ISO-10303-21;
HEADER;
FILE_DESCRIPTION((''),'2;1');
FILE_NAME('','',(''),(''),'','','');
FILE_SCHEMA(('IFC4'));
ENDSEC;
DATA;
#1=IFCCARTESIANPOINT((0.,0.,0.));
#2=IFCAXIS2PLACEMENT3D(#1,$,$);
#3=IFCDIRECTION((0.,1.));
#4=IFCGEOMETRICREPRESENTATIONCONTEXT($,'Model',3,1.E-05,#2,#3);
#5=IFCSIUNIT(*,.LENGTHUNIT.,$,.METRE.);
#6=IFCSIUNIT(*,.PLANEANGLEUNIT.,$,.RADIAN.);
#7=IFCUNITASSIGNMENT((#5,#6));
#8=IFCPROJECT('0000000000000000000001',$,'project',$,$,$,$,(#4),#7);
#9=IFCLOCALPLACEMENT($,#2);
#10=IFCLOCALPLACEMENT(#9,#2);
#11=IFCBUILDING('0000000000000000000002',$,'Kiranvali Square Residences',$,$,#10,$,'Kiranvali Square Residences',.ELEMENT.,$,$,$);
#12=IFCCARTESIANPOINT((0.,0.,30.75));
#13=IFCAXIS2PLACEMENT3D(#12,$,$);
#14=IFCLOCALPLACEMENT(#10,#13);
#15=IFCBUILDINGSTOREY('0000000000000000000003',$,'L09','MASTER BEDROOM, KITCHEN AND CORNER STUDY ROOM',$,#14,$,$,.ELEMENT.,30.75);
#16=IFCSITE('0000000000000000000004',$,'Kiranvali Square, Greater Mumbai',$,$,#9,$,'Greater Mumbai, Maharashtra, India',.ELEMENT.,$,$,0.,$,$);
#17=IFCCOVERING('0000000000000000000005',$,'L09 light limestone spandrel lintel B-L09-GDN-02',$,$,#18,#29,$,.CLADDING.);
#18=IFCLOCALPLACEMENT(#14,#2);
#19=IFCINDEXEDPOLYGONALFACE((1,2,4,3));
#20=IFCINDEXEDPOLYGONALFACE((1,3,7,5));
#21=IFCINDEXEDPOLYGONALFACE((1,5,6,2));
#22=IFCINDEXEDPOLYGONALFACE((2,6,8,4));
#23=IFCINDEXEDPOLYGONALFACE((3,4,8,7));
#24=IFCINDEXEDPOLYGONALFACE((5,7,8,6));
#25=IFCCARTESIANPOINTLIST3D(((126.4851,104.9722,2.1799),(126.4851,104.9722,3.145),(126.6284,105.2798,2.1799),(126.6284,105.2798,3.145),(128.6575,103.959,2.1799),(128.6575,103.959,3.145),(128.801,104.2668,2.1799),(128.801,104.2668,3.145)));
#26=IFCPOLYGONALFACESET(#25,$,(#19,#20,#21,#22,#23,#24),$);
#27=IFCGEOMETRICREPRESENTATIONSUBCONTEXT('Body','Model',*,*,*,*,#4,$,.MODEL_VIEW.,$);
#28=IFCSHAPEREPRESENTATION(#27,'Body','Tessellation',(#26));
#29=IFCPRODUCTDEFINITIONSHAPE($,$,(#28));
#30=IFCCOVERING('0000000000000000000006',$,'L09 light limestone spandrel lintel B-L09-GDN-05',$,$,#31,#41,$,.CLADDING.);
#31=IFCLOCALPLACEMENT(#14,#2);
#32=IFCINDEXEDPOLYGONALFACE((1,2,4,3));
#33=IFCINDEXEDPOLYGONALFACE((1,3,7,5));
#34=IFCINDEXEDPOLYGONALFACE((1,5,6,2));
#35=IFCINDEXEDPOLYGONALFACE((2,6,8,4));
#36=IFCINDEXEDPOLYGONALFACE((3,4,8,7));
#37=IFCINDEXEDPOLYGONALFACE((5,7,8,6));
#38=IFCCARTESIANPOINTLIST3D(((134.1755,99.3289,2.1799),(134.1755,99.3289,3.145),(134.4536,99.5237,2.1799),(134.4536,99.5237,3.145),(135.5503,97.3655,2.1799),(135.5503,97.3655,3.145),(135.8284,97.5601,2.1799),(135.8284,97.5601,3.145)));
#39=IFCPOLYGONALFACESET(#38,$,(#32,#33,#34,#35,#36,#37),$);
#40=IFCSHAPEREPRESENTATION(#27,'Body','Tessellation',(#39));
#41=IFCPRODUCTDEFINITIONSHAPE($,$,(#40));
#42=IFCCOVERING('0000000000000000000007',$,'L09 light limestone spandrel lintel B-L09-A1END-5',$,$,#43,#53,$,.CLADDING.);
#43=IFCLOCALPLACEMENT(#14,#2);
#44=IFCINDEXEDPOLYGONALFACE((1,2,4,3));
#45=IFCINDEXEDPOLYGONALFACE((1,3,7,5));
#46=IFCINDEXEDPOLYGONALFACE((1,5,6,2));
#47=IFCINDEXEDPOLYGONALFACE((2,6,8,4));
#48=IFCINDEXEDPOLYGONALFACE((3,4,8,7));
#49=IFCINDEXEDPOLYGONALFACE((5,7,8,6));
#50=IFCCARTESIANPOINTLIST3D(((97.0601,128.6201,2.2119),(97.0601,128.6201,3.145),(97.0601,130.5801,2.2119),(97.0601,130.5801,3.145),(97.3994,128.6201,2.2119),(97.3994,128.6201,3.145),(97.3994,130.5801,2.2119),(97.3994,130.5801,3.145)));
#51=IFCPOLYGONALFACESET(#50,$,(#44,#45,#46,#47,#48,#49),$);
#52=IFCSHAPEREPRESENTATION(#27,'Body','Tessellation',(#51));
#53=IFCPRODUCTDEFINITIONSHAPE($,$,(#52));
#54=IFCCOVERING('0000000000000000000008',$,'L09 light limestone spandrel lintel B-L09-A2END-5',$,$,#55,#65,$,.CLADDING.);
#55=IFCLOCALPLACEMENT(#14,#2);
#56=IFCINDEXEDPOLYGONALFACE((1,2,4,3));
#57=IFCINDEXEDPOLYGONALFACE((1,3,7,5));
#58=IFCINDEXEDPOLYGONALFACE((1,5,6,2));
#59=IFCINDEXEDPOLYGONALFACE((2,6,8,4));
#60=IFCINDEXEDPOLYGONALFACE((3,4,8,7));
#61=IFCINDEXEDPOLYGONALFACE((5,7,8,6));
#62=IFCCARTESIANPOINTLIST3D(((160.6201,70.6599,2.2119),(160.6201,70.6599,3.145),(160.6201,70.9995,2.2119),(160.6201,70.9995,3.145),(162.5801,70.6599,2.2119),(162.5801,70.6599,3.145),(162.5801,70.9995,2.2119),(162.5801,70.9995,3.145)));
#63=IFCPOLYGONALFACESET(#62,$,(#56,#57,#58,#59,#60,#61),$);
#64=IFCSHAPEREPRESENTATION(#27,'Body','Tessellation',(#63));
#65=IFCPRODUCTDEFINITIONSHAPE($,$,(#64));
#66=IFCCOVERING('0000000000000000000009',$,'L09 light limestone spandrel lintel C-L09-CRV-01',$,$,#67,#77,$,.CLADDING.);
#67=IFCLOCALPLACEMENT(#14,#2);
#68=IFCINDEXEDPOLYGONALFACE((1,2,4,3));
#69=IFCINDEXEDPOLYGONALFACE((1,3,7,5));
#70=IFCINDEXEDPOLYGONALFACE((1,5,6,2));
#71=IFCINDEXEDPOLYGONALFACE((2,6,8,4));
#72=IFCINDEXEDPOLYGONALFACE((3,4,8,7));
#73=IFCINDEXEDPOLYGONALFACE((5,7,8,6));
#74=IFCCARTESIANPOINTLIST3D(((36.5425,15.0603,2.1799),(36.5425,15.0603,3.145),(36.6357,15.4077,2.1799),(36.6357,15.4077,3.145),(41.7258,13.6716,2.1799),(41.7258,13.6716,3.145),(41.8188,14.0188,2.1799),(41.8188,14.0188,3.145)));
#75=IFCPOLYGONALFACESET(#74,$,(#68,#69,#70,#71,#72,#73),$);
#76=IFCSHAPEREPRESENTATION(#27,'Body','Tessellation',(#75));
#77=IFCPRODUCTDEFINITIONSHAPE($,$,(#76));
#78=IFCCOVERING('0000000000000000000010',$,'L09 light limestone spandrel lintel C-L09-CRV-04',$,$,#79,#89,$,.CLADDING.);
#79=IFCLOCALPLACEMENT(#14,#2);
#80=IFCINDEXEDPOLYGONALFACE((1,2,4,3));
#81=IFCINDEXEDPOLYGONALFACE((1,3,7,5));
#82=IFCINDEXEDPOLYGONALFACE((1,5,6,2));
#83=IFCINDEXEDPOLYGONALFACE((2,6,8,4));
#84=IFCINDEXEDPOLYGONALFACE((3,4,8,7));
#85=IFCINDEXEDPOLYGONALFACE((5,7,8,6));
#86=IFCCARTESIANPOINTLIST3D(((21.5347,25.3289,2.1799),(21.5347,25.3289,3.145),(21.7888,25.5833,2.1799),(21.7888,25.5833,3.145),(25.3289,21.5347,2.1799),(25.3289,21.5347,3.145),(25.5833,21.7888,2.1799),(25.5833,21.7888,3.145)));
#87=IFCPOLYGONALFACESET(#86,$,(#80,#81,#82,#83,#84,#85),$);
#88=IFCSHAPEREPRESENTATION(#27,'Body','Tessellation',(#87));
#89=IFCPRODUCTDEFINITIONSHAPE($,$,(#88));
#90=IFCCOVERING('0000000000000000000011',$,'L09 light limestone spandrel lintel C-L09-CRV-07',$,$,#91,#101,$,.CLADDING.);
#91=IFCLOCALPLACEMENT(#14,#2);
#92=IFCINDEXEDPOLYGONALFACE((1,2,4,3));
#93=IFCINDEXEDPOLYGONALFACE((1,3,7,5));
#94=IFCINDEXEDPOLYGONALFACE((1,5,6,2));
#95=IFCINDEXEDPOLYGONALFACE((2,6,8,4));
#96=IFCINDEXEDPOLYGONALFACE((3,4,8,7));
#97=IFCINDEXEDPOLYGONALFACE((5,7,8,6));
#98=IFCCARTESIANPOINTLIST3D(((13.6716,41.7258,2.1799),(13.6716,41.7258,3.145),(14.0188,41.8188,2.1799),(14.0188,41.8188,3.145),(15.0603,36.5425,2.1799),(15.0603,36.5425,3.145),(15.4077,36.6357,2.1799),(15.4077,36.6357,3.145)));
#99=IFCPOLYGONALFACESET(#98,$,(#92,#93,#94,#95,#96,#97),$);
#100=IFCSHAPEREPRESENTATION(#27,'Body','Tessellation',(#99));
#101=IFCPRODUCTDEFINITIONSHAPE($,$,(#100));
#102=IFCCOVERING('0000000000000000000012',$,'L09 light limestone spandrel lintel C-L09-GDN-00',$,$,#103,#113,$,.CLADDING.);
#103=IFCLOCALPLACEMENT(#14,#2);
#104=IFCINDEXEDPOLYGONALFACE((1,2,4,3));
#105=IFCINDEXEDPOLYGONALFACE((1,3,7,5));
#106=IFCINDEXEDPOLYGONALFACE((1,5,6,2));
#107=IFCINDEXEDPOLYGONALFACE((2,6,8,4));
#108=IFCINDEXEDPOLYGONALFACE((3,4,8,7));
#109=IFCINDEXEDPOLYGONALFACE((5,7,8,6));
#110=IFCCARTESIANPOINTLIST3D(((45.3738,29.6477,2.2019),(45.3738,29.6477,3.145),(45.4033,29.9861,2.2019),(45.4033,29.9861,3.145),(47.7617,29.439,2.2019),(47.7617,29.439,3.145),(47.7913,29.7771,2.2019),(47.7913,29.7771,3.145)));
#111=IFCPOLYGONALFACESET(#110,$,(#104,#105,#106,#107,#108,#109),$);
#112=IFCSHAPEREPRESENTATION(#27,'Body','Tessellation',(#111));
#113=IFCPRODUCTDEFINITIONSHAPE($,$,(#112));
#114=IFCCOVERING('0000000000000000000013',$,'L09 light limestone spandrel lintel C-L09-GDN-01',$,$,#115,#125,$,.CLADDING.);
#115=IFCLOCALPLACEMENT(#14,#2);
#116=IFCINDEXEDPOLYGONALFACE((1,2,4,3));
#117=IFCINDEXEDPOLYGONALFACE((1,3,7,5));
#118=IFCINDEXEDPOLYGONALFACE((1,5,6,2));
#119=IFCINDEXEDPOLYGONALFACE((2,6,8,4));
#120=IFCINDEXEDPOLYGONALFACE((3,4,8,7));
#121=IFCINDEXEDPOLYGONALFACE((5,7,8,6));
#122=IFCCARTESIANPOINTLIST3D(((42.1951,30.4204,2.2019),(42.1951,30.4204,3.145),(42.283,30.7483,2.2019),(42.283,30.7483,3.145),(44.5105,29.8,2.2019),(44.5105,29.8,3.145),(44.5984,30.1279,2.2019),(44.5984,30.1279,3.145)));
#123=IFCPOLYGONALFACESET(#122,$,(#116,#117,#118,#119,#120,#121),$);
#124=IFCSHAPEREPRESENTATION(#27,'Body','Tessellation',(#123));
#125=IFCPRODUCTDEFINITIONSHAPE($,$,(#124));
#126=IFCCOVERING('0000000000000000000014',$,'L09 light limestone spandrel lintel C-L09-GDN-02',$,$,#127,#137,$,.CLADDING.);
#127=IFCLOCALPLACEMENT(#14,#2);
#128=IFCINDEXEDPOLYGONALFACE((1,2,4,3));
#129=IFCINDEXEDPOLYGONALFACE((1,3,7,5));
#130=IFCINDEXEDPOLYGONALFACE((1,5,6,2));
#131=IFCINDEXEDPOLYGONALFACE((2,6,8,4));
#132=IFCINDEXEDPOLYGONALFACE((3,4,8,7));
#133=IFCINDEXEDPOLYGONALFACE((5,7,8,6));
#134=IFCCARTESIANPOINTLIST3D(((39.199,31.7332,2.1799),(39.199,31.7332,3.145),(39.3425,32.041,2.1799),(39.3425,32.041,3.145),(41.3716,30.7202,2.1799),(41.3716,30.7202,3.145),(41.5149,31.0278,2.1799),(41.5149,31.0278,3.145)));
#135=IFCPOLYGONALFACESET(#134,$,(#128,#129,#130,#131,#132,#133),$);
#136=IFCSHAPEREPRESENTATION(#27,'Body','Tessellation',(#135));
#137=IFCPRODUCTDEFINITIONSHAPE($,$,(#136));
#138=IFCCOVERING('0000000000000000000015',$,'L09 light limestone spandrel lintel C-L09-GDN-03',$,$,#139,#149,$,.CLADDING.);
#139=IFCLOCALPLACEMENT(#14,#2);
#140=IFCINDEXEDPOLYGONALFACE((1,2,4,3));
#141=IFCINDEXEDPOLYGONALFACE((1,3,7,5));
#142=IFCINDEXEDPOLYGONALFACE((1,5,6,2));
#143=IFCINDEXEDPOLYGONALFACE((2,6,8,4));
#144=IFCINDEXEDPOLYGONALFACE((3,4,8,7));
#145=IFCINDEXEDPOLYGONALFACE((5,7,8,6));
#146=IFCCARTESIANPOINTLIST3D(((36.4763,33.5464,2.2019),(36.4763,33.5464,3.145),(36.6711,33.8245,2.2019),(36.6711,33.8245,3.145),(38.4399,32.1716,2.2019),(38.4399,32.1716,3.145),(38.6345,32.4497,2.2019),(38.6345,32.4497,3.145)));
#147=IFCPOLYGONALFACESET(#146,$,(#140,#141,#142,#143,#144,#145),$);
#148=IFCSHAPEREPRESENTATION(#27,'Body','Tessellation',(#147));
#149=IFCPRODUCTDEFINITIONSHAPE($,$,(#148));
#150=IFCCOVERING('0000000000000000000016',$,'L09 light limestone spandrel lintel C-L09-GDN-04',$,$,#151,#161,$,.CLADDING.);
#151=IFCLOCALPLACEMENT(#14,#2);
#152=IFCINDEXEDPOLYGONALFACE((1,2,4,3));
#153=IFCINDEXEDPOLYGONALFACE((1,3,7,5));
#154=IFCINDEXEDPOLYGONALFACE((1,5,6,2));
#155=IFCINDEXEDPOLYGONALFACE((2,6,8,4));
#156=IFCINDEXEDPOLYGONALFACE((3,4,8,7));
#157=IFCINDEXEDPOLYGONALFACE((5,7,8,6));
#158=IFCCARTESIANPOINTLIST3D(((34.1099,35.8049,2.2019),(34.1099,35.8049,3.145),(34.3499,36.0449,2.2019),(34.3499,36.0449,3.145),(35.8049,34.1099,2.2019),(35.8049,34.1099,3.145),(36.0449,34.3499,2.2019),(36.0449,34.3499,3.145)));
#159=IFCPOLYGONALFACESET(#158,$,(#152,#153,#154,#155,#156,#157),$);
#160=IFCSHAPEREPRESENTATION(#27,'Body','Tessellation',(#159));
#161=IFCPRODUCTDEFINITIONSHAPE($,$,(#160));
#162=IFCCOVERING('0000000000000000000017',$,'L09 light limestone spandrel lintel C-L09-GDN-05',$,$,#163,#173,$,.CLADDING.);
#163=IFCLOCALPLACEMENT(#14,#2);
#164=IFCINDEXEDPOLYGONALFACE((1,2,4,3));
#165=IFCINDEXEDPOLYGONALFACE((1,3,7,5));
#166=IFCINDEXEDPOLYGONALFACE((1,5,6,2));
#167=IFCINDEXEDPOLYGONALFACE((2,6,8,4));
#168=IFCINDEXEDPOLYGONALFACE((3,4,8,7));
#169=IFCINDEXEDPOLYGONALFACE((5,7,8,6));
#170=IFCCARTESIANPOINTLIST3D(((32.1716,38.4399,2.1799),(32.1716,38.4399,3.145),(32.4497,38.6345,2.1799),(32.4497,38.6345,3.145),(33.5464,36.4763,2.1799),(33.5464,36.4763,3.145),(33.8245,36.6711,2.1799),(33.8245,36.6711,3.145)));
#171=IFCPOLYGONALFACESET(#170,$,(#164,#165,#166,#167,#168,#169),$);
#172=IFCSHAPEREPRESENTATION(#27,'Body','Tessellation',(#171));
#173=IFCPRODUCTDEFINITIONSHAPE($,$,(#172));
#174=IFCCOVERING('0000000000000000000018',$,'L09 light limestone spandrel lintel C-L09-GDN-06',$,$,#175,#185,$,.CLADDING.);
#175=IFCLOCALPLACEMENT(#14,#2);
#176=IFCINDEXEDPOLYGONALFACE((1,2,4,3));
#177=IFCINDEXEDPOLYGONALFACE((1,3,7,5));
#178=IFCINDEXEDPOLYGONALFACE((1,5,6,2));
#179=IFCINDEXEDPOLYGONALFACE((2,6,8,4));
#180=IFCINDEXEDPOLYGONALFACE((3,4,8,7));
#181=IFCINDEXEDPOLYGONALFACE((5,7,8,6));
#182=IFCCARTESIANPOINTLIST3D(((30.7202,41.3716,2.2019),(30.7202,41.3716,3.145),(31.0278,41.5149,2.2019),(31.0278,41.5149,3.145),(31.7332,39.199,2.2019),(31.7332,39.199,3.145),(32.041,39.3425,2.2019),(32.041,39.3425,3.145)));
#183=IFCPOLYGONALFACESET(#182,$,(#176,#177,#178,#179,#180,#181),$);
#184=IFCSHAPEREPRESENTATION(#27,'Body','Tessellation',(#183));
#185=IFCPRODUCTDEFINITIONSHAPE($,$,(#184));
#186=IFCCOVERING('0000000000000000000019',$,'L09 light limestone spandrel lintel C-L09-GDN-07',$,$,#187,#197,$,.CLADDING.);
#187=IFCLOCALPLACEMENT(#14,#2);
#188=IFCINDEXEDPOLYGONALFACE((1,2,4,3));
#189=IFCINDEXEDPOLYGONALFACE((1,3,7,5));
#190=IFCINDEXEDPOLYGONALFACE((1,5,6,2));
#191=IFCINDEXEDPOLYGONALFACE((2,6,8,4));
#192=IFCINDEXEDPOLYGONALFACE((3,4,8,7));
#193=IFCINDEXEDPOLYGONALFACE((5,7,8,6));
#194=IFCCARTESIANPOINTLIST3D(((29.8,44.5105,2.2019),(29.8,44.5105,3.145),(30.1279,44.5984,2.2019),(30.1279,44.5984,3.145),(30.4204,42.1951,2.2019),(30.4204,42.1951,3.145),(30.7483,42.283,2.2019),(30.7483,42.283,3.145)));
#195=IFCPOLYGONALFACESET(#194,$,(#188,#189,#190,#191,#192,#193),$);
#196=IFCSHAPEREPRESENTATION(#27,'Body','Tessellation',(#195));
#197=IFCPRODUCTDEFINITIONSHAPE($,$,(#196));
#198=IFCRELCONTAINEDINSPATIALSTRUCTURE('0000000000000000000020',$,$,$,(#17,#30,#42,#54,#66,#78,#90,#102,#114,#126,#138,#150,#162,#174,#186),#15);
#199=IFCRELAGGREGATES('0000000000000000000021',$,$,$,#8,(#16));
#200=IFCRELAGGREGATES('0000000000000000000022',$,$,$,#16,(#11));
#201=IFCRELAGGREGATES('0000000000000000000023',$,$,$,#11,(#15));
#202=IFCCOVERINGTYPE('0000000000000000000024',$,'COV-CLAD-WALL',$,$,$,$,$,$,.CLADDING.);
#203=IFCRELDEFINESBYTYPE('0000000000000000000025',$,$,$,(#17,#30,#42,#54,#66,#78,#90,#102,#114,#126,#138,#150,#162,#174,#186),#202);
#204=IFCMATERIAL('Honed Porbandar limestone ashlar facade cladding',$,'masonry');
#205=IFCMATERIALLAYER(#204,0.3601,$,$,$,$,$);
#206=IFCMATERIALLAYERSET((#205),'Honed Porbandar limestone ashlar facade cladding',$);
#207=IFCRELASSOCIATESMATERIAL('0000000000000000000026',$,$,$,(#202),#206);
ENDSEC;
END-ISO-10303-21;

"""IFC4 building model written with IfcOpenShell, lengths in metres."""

from ifc_helpers import new_model, si_unit, direction, frame, origin, place, context, subcontext, project, spatial, polyline, outline, extrude, material, layer, layer_set, type_object, element, save


model = new_model("IFC4")

# Units and contexts
model_context = context("Model", 3, precision=1e-05, world=origin(), true_north=direction((0.0, 1.0)))
body_context = subcontext(model_context, "Body", "Model", "MODEL_VIEW")
ifc_project = project(units=[si_unit("LENGTHUNIT", "METRE"), si_unit("PLANEANGLEUNIT", "RADIAN")], contexts=[model_context])

# Site, building, storey
site_placement = place(None, origin())
site = spatial("IfcSite", under=ifc_project, at=site_placement, Name="Kiranvali Square, Greater Mumbai", LongName="Greater Mumbai, Maharashtra, India", CompositionType="ELEMENT", RefElevation=0.0)
building_placement = place(site_placement, origin())
building = spatial("IfcBuilding", under=site, at=building_placement, Name="Kiranvali Square Residences", LongName="Kiranvali Square Residences", CompositionType="ELEMENT")
storey_placement = place(building_placement, frame((0.0, 0.0, 30.75)))
storey = spatial("IfcBuildingStorey", under=building, at=storey_placement, Name="L09", Description="MASTER BEDROOM, KITCHEN AND CORNER STUDY ROOM", CompositionType="ELEMENT", Elevation=30.75)

# Coverings
ifc_material = material(Name="Honed Porbandar limestone ashlar facade cladding", Category="masonry")
ifc_layer = layer(ifc_material, 0.3601)
ifc_layer_set = layer_set([ifc_layer], Name="Honed Porbandar limestone ashlar facade cladding")
covering_type = type_object("IfcCoveringType", Name="COV-CLAD-WALL", PredefinedType="CLADDING", material=ifc_layer_set)
covering_1_placement = place(storey_placement, frame((0.0, 0.0, 2.1799)))
element("IfcCovering", 1, at=covering_1_placement, inside=storey, type_object=covering_type, Name="L09 light limestone spandrel lintel B-L09-GDN-02", PredefinedType="CLADDING", context=body_context, shape_type="SweptSolid", body=[
    extrude(outline(polyline([(126.4851, 104.9722), (128.6575, 103.959), (128.801, 104.2668), (126.6284, 105.2798), (126.4851, 104.9722)])), origin(), (0.0, 0.0, 1.0), 0.9651),
])
covering_2_placement = place(storey_placement, frame((0.0, 0.0, 2.1799)))
element("IfcCovering", 2, at=covering_2_placement, inside=storey, type_object=covering_type, Name="L09 light limestone spandrel lintel B-L09-GDN-05", PredefinedType="CLADDING", context=body_context, shape_type="SweptSolid", body=[
    extrude(outline(polyline([(134.1755, 99.3289), (135.5503, 97.3655), (135.8284, 97.5601), (134.4536, 99.5237), (134.1755, 99.3289)])), origin(), (0.0, 0.0, 1.0), 0.9651),
])
covering_3_placement = place(storey_placement, frame((0.0, 0.0, 2.2119)))
element("IfcCovering", 3, at=covering_3_placement, inside=storey, type_object=covering_type, Name="L09 light limestone spandrel lintel B-L09-A1END-5", PredefinedType="CLADDING", context=body_context, shape_type="SweptSolid", body=[
    extrude(outline(polyline([(97.3994, 128.6201), (97.3994, 130.5801), (97.0601, 130.5801), (97.0601, 128.6201), (97.3994, 128.6201)])), origin(), (0.0, 0.0, 1.0), 0.9331),
])
covering_4_placement = place(storey_placement, frame((0.0, 0.0, 2.2119)))
element("IfcCovering", 4, at=covering_4_placement, inside=storey, type_object=covering_type, Name="L09 light limestone spandrel lintel B-L09-A2END-5", PredefinedType="CLADDING", context=body_context, shape_type="SweptSolid", body=[
    extrude(outline(polyline([(160.6201, 70.6599), (162.5801, 70.6599), (162.5801, 70.9995), (160.6201, 70.9995), (160.6201, 70.6599)])), origin(), (0.0, 0.0, 1.0), 0.9331),
])
covering_5_placement = place(storey_placement, frame((0.0, 0.0, 2.1799)))
element("IfcCovering", 5, at=covering_5_placement, inside=storey, type_object=covering_type, Name="L09 light limestone spandrel lintel C-L09-CRV-01", PredefinedType="CLADDING", context=body_context, shape_type="SweptSolid", body=[
    extrude(outline(polyline([(41.8188, 14.0188), (36.6357, 15.4077), (36.5425, 15.0603), (41.7258, 13.6716), (41.8188, 14.0188)])), origin(), (0.0, 0.0, 1.0), 0.9651),
])
covering_6_placement = place(storey_placement, frame((0.0, 0.0, 2.1799)))
element("IfcCovering", 6, at=covering_6_placement, inside=storey, type_object=covering_type, Name="L09 light limestone spandrel lintel C-L09-CRV-04", PredefinedType="CLADDING", context=body_context, shape_type="SweptSolid", body=[
    extrude(outline(polyline([(25.5833, 21.7888), (21.7888, 25.5833), (21.5347, 25.3289), (25.3289, 21.5347), (25.5833, 21.7888)])), origin(), (0.0, 0.0, 1.0), 0.9651),
])
covering_7_placement = place(storey_placement, frame((0.0, 0.0, 2.1799)))
element("IfcCovering", 7, at=covering_7_placement, inside=storey, type_object=covering_type, Name="L09 light limestone spandrel lintel C-L09-CRV-07", PredefinedType="CLADDING", context=body_context, shape_type="SweptSolid", body=[
    extrude(outline(polyline([(15.4077, 36.6357), (14.0188, 41.8188), (13.6716, 41.7258), (15.0603, 36.5425), (15.4077, 36.6357)])), origin(), (0.0, 0.0, 1.0), 0.9651),
])
covering_8_placement = place(storey_placement, frame((0.0, 0.0, 2.2019)))
element("IfcCovering", 8, at=covering_8_placement, inside=storey, type_object=covering_type, Name="L09 light limestone spandrel lintel C-L09-GDN-00", PredefinedType="CLADDING", context=body_context, shape_type="SweptSolid", body=[
    extrude(outline(polyline([(47.7913, 29.7771), (45.4033, 29.9861), (45.3738, 29.6477), (47.7617, 29.439), (47.7913, 29.7771)])), origin(), (0.0, 0.0, 1.0), 0.9431),
])
covering_9_placement = place(storey_placement, frame((0.0, 0.0, 2.2019)))
element("IfcCovering", 9, at=covering_9_placement, inside=storey, type_object=covering_type, Name="L09 light limestone spandrel lintel C-L09-GDN-01", PredefinedType="CLADDING", context=body_context, shape_type="SweptSolid", body=[
    extrude(outline(polyline([(44.5984, 30.1279), (42.283, 30.7483), (42.1951, 30.4204), (44.5105, 29.8), (44.5984, 30.1279)])), origin(), (0.0, 0.0, 1.0), 0.9431),
])
covering_10_placement = place(storey_placement, frame((0.0, 0.0, 2.1799)))
element("IfcCovering", 10, at=covering_10_placement, inside=storey, type_object=covering_type, Name="L09 light limestone spandrel lintel C-L09-GDN-02", PredefinedType="CLADDING", context=body_context, shape_type="SweptSolid", body=[
    extrude(outline(polyline([(41.5149, 31.0278), (39.3425, 32.041), (39.199, 31.7332), (41.3716, 30.7202), (41.5149, 31.0278)])), origin(), (0.0, 0.0, 1.0), 0.9651),
])
covering_11_placement = place(storey_placement, frame((0.0, 0.0, 2.2019)))
element("IfcCovering", 11, at=covering_11_placement, inside=storey, type_object=covering_type, Name="L09 light limestone spandrel lintel C-L09-GDN-03", PredefinedType="CLADDING", context=body_context, shape_type="SweptSolid", body=[
    extrude(outline(polyline([(38.6345, 32.4497), (36.6711, 33.8245), (36.4763, 33.5464), (38.4399, 32.1716), (38.6345, 32.4497)])), origin(), (0.0, 0.0, 1.0), 0.9431),
])
covering_12_placement = place(storey_placement, frame((0.0, 0.0, 2.2019)))
element("IfcCovering", 12, at=covering_12_placement, inside=storey, type_object=covering_type, Name="L09 light limestone spandrel lintel C-L09-GDN-04", PredefinedType="CLADDING", context=body_context, shape_type="SweptSolid", body=[
    extrude(outline(polyline([(36.0449, 34.3499), (34.3499, 36.0449), (34.1099, 35.8049), (35.8049, 34.1099), (36.0449, 34.3499)])), origin(), (0.0, 0.0, 1.0), 0.9431),
])
covering_13_placement = place(storey_placement, frame((0.0, 0.0, 2.1799)))
element("IfcCovering", 13, at=covering_13_placement, inside=storey, type_object=covering_type, Name="L09 light limestone spandrel lintel C-L09-GDN-05", PredefinedType="CLADDING", context=body_context, shape_type="SweptSolid", body=[
    extrude(outline(polyline([(33.8245, 36.6711), (32.4497, 38.6345), (32.1716, 38.4399), (33.5464, 36.4763), (33.8245, 36.6711)])), origin(), (0.0, 0.0, 1.0), 0.9651),
])
covering_14_placement = place(storey_placement, frame((0.0, 0.0, 2.2019)))
element("IfcCovering", 14, at=covering_14_placement, inside=storey, type_object=covering_type, Name="L09 light limestone spandrel lintel C-L09-GDN-06", PredefinedType="CLADDING", context=body_context, shape_type="SweptSolid", body=[
    extrude(outline(polyline([(32.041, 39.3425), (31.0278, 41.5149), (30.7202, 41.3716), (31.7332, 39.199), (32.041, 39.3425)])), origin(), (0.0, 0.0, 1.0), 0.9431),
])
covering_15_placement = place(storey_placement, frame((0.0, 0.0, 2.2019)))
element("IfcCovering", 15, at=covering_15_placement, inside=storey, type_object=covering_type, Name="L09 light limestone spandrel lintel C-L09-GDN-07", PredefinedType="CLADDING", context=body_context, shape_type="SweptSolid", body=[
    extrude(outline(polyline([(30.7483, 42.283), (30.1279, 44.5984), (29.8, 44.5105), (30.4204, 42.1951), (30.7483, 42.283)])), origin(), (0.0, 0.0, 1.0), 0.9431),
])

save(model, "model.ifc")
